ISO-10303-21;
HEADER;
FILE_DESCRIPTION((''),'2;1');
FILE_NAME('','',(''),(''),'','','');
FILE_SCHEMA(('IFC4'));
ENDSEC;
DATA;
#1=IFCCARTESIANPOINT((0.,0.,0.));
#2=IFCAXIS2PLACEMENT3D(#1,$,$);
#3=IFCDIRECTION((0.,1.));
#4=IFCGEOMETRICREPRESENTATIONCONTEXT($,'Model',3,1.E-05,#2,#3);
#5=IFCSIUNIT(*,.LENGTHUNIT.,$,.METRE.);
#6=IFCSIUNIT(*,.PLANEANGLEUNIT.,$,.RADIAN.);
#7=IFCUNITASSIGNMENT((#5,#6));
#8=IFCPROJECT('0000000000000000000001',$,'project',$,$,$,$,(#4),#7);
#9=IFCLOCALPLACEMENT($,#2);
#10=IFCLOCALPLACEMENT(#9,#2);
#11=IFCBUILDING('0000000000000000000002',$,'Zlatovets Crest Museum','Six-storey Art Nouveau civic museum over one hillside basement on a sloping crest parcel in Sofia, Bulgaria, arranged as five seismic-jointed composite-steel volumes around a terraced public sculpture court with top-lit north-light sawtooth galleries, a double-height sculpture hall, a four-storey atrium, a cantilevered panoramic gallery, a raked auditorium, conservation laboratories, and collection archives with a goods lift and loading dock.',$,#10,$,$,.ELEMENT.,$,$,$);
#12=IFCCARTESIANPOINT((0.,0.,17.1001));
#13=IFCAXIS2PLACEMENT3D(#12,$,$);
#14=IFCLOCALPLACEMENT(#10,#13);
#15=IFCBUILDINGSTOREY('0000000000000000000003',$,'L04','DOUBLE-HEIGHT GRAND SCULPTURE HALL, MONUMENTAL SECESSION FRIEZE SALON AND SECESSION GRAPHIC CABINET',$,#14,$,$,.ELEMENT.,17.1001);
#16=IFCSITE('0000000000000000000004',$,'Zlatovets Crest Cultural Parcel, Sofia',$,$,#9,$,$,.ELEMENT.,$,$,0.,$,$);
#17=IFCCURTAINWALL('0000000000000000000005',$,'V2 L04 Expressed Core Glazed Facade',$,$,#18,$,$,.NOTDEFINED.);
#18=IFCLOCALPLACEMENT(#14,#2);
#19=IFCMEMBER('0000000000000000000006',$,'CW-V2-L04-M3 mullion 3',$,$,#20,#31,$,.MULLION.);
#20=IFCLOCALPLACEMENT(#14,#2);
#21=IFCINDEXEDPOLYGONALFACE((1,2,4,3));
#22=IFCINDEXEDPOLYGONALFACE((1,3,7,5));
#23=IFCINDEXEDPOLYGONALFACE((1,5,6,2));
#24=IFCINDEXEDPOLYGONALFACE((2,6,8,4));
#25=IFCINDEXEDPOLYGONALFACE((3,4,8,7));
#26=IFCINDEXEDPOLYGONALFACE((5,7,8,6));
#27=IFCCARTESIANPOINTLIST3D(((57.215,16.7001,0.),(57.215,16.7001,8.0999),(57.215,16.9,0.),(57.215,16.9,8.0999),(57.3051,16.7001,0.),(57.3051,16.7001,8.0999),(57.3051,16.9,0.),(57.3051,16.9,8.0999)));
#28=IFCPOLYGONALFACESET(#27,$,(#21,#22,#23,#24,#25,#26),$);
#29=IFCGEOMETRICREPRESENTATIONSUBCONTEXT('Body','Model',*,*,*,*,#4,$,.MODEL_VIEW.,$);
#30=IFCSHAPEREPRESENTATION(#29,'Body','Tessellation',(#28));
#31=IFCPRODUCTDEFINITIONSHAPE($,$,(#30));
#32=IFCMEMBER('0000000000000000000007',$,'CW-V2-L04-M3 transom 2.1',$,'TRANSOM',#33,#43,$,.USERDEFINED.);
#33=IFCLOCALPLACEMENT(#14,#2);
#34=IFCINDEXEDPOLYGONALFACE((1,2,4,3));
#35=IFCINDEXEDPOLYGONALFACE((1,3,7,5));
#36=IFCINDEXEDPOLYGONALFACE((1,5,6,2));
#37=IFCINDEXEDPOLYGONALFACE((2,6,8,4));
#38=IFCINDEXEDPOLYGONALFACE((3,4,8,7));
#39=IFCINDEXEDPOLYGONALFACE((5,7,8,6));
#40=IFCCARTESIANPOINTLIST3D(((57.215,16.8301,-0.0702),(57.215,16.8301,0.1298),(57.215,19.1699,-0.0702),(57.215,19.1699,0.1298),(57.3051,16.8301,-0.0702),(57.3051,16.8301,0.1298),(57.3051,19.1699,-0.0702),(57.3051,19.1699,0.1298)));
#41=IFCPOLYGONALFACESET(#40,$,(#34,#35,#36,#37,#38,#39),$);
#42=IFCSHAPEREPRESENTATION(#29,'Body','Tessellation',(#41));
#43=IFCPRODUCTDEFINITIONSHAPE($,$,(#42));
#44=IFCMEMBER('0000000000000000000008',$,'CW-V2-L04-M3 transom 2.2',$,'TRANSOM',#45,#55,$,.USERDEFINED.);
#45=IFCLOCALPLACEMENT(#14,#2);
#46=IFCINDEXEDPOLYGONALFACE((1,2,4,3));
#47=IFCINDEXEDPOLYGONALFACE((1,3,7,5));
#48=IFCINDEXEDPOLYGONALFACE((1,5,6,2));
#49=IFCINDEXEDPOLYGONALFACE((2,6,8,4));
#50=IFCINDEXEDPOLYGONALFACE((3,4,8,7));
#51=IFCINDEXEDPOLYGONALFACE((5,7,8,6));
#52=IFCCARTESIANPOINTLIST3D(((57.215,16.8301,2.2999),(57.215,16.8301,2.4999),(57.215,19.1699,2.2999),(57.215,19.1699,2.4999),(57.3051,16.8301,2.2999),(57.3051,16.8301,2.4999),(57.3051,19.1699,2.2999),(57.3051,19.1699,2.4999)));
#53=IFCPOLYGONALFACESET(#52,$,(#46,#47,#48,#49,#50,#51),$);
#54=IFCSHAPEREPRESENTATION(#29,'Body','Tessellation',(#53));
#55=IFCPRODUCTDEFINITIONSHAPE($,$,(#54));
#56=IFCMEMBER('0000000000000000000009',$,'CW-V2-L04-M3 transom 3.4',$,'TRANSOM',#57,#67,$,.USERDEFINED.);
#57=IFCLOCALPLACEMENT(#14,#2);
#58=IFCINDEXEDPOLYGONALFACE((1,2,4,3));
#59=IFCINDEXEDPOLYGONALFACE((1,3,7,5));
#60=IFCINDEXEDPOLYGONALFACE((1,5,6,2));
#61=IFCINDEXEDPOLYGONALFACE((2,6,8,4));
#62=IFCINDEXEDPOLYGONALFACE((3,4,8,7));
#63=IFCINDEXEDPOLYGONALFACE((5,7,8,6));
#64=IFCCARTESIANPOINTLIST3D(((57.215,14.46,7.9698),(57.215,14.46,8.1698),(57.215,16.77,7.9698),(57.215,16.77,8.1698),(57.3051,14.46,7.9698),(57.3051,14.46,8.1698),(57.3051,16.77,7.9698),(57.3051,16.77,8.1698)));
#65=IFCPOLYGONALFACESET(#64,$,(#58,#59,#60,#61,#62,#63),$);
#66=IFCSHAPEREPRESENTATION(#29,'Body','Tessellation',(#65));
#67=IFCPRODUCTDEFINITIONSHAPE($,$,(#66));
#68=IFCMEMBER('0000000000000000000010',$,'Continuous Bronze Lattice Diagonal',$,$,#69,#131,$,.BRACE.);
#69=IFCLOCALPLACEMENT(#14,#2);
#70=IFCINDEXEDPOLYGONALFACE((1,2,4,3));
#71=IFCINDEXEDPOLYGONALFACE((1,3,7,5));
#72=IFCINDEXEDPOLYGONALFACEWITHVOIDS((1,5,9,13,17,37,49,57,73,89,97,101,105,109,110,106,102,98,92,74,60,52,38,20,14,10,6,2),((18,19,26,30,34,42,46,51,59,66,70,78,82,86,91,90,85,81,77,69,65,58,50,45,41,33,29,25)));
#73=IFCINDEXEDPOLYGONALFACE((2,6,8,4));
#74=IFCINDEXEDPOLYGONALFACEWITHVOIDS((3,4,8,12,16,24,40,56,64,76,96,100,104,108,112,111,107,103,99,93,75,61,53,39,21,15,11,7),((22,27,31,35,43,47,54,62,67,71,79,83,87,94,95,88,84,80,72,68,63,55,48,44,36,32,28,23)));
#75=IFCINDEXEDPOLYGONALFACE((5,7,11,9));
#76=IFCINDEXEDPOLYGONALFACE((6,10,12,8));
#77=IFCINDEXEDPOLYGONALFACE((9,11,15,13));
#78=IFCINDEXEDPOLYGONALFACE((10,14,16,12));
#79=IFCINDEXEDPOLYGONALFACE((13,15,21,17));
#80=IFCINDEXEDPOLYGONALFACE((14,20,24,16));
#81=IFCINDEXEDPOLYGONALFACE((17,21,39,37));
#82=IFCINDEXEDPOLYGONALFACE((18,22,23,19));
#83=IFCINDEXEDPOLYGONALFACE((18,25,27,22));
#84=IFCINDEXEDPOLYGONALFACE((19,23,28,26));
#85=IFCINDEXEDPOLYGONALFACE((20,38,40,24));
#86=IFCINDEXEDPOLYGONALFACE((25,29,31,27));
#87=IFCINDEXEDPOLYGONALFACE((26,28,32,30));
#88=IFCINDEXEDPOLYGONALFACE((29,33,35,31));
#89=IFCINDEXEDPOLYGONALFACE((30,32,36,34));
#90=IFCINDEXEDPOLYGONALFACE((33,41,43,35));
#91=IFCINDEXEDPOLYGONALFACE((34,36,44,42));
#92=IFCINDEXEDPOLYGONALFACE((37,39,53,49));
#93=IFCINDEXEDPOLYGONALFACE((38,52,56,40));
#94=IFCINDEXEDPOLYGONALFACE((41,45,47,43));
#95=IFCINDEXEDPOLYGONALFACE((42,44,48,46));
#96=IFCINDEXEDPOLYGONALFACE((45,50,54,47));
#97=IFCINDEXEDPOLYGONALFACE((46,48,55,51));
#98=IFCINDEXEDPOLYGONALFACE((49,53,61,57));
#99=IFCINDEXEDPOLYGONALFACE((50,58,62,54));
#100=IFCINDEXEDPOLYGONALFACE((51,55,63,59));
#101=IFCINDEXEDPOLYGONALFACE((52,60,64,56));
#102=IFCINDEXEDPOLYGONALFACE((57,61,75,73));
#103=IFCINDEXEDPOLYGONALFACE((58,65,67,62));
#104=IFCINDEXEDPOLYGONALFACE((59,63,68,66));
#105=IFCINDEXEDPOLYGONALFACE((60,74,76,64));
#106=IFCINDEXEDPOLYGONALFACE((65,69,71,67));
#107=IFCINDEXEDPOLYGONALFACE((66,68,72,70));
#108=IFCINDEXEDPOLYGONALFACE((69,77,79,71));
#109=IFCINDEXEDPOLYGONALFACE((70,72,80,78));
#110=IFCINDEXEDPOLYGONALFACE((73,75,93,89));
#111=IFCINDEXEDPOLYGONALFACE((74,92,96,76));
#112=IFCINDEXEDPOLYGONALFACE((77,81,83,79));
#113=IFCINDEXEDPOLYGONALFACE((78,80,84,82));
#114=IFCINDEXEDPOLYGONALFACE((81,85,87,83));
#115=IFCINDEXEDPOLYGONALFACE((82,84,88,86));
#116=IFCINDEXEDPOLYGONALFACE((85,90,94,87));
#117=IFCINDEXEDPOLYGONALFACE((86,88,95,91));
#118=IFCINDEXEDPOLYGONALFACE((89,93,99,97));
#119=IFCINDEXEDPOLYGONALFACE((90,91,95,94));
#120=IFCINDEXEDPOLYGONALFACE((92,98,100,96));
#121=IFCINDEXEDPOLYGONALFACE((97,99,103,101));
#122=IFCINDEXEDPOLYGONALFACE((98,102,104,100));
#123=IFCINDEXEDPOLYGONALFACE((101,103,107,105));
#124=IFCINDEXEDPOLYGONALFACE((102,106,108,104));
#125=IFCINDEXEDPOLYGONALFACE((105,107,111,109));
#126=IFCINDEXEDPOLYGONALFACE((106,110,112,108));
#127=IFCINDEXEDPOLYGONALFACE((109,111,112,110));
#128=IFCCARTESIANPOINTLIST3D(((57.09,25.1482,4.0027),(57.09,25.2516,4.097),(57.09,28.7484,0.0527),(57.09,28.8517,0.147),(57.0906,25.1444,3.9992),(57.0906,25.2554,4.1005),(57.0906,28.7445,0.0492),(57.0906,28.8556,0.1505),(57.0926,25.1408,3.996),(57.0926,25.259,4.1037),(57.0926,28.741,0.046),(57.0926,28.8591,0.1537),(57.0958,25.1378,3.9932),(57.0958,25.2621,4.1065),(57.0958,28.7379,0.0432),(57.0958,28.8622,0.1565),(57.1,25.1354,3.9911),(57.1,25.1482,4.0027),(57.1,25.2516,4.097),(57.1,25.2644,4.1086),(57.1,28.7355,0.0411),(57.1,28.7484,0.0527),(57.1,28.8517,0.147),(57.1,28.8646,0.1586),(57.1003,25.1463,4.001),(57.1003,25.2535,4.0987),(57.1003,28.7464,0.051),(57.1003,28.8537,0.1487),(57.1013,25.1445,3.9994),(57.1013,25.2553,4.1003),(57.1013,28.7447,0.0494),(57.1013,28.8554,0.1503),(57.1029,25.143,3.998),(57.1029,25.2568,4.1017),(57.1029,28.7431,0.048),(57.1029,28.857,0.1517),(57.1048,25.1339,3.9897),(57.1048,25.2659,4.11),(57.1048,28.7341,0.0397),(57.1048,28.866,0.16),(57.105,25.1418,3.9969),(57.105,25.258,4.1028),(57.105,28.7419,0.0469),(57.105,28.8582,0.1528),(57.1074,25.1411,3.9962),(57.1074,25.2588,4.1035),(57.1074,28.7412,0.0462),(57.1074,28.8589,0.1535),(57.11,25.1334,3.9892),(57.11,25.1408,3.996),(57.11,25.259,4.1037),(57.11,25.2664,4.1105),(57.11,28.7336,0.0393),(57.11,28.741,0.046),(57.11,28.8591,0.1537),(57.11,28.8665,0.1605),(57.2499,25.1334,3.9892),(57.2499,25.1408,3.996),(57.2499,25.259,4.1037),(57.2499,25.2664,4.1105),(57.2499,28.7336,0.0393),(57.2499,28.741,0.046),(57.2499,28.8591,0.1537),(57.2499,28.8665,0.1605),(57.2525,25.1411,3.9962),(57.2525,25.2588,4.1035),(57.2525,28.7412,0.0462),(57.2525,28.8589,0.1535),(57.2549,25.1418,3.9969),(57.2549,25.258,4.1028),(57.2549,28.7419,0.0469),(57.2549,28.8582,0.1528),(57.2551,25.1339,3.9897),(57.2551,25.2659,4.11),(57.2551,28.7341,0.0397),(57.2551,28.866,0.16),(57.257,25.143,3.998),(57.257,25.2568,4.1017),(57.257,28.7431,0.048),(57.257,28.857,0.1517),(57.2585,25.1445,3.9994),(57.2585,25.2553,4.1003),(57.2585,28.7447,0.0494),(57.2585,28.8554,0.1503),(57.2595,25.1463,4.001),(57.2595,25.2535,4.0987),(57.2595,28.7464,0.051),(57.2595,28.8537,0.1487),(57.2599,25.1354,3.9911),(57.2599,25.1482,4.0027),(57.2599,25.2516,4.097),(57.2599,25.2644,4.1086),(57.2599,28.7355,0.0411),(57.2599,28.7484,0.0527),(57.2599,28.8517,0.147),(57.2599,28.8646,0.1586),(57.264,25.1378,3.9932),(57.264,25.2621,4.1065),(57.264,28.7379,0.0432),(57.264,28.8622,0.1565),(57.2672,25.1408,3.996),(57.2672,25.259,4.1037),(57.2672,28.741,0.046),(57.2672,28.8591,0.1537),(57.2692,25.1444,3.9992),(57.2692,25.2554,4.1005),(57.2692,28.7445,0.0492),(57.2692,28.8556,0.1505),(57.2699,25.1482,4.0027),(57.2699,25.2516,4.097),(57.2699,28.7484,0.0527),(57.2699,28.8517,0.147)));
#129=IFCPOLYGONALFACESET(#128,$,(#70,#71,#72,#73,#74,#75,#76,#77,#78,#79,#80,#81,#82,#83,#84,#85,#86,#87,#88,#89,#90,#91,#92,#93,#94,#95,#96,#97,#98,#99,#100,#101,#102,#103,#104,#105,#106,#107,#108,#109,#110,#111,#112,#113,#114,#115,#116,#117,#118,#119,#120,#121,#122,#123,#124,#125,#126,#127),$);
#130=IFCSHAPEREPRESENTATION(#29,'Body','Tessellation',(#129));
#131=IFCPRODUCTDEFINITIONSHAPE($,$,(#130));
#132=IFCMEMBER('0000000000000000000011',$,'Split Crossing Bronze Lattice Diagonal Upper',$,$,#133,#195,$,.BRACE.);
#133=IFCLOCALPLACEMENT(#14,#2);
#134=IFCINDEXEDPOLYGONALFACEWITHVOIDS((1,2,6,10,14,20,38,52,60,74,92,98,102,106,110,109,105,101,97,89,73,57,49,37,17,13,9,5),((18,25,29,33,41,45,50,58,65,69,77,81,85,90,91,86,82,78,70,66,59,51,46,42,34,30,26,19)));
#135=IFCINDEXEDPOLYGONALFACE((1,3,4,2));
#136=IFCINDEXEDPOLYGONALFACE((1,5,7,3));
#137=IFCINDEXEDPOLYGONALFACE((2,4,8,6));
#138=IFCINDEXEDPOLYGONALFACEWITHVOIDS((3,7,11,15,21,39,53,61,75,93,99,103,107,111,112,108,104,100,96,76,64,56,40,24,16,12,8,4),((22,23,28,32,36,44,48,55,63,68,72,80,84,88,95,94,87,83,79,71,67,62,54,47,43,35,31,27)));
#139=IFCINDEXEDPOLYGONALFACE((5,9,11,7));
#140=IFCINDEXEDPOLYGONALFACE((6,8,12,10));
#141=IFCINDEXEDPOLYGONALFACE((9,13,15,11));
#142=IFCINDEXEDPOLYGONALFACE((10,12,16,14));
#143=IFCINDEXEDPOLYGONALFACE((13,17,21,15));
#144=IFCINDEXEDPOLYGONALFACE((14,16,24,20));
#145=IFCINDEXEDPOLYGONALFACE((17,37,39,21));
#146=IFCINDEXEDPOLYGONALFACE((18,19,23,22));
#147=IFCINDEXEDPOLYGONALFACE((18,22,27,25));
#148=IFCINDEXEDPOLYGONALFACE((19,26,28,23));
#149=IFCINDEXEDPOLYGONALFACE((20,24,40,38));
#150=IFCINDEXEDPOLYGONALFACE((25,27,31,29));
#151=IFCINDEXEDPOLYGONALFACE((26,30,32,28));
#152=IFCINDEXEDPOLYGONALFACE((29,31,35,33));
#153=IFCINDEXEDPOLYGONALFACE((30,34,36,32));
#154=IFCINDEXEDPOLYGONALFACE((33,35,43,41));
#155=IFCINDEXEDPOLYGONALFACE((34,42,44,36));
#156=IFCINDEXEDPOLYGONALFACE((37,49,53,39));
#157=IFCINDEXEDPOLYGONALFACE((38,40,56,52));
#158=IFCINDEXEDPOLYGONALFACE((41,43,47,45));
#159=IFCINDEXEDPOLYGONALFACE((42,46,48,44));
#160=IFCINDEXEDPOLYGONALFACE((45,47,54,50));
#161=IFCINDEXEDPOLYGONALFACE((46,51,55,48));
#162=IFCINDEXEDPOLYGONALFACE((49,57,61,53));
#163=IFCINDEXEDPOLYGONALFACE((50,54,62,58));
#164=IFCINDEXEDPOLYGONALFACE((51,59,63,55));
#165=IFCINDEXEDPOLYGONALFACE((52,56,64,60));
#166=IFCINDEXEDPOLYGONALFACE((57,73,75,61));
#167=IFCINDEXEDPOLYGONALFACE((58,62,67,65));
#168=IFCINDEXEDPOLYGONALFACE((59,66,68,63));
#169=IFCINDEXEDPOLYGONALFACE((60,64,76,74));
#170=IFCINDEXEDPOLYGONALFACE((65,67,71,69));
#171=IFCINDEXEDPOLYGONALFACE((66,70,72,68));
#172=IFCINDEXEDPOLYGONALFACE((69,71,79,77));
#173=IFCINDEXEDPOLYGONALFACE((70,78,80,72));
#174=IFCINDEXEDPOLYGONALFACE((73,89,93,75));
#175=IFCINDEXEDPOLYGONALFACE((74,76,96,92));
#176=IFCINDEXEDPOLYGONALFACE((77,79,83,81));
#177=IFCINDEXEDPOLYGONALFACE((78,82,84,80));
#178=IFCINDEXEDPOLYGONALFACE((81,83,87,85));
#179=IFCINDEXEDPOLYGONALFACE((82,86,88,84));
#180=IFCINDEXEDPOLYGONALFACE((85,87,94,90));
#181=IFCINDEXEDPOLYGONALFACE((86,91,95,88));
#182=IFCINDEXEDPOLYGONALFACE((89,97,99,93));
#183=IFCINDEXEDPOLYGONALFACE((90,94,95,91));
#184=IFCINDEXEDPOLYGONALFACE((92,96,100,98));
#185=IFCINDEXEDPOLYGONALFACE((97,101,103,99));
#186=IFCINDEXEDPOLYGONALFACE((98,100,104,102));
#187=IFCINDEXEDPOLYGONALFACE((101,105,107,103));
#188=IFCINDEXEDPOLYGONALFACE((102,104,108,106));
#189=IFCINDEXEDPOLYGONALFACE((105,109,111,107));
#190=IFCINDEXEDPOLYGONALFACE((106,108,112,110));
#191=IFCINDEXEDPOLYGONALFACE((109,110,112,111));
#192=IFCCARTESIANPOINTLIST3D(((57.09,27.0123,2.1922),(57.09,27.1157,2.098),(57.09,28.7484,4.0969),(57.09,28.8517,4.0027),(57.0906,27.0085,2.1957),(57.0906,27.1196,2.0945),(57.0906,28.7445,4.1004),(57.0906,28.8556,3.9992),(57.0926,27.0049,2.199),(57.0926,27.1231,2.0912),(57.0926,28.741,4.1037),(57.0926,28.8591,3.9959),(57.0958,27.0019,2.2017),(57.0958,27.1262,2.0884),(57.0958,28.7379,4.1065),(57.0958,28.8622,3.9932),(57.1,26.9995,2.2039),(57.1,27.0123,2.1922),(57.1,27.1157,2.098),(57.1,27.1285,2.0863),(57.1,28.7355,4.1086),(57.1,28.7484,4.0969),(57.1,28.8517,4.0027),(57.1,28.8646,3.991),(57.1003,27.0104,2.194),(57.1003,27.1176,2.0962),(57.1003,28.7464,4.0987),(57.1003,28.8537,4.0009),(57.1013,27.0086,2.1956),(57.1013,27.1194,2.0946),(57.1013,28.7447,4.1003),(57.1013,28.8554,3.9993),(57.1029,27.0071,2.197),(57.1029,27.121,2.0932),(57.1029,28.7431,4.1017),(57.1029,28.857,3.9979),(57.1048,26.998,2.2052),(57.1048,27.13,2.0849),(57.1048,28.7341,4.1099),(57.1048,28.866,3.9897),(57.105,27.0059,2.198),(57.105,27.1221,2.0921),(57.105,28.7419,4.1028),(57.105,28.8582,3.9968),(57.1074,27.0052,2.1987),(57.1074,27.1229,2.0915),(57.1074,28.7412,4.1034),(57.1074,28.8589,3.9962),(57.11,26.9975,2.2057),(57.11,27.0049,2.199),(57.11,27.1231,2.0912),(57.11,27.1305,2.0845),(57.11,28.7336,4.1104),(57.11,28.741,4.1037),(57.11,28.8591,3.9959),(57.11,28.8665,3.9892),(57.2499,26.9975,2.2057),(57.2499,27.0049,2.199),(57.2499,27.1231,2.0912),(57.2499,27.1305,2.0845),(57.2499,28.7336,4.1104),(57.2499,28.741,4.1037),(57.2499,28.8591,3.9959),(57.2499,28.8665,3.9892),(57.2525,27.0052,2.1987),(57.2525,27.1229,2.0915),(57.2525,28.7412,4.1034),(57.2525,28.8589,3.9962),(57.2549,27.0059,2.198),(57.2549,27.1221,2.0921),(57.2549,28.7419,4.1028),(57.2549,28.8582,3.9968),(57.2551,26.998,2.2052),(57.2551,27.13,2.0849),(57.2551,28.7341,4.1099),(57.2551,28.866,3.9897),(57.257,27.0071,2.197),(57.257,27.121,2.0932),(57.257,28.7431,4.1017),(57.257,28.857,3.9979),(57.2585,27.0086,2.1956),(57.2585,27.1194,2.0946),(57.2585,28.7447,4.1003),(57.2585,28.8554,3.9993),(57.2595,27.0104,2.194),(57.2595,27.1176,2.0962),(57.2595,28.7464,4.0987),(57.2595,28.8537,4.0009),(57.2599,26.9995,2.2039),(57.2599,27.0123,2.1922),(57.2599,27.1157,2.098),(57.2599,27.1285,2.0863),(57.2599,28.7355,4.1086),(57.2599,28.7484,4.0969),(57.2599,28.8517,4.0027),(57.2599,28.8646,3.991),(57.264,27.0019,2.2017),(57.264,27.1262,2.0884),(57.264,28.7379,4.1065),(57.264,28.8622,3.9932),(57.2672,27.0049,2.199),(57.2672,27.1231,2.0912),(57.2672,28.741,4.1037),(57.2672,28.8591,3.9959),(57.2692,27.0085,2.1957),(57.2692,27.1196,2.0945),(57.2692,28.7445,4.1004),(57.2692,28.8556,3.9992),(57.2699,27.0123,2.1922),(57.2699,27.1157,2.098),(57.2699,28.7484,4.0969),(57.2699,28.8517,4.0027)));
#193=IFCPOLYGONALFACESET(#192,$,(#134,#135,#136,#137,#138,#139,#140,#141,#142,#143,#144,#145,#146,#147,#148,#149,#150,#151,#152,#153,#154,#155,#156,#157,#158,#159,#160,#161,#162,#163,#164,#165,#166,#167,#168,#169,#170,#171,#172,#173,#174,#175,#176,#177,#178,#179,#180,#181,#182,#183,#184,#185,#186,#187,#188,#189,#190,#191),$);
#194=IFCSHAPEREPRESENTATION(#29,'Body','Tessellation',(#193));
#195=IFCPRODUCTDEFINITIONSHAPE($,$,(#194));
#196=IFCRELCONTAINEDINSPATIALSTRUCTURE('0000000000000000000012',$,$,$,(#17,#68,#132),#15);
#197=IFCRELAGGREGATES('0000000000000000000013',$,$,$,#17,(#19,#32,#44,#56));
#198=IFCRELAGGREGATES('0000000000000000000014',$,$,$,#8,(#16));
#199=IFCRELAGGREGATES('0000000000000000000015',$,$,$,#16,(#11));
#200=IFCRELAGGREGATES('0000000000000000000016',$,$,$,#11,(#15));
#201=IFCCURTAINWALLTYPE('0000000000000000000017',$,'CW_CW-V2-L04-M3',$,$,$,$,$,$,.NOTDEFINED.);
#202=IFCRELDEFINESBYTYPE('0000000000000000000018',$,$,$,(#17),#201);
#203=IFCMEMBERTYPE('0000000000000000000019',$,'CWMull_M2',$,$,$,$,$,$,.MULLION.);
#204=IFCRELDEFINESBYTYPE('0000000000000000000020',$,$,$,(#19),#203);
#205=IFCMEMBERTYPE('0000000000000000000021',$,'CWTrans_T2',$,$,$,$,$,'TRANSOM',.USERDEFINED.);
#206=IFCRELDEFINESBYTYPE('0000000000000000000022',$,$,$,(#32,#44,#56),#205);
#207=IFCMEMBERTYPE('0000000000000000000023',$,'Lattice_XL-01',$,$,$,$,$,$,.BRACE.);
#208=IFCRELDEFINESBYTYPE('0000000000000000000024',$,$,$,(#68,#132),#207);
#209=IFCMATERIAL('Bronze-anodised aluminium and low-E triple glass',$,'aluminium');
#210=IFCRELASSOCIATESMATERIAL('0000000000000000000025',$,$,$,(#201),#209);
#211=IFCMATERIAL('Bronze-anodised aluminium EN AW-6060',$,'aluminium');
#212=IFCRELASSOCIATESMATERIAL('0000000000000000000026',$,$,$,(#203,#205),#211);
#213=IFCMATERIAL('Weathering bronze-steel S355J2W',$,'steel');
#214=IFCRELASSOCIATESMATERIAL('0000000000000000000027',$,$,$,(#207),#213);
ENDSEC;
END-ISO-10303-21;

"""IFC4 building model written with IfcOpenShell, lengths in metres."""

from ifc_helpers import new_model, si_unit, direction, frame, origin, origin_2d, place, context, subcontext, project, spatial, rectangle, hollow_rectangle, extrude, material, material_profile, profile_set, type_object, element, aggregate, save


model = new_model("IFC4")

# Units and contexts
model_context = context("Model", 3, precision=1e-05, world=origin(), true_north=direction((0.0, 1.0)))
body_context = subcontext(model_context, "Body", "Model", "MODEL_VIEW")
ifc_project = project(units=[si_unit("LENGTHUNIT", "METRE"), si_unit("PLANEANGLEUNIT", "RADIAN")], contexts=[model_context])

# Site, building, storey
site_placement = place(None, origin())
site = spatial("IfcSite", under=ifc_project, at=site_placement, Name="Zlatovets Crest Cultural Parcel, Sofia", CompositionType="ELEMENT", RefElevation=0.0)
building_placement = place(site_placement, origin())
building = spatial("IfcBuilding", under=site, at=building_placement, Name="Zlatovets Crest Museum", Description="Six-storey Art Nouveau civic museum over one hillside basement on a sloping crest parcel in Sofia, Bulgaria, arranged as five seismic-jointed composite-steel volumes around a terraced public sculpture court with top-lit north-light sawtooth galleries, a double-height sculpture hall, a four-storey atrium, a cantilevered panoramic gallery, a raked auditorium, conservation laboratories, and collection archives with a goods lift and loading dock.", CompositionType="ELEMENT")
storey_placement = place(building_placement, frame((0.0, 0.0, 17.1001)))
storey = spatial("IfcBuildingStorey", under=building, at=storey_placement, Name="L04", Description="DOUBLE-HEIGHT GRAND SCULPTURE HALL, MONUMENTAL SECESSION FRIEZE SALON AND SECESSION GRAPHIC CABINET", CompositionType="ELEMENT", Elevation=17.1001)

# Curtain wall, members
ifc_material_1 = material(Name="Bronze-anodised aluminium and low-E triple glass", Category="aluminium")
curtain_wall_type = type_object("IfcCurtainWallType", Name="CW_CW-V2-L04-M3", PredefinedType="NOTDEFINED", material=ifc_material_1)
curtain_wall_placement = place(storey_placement, origin())
curtain_wall = element("IfcCurtainWall", 1, at=curtain_wall_placement, inside=storey, type_object=curtain_wall_type, Name="V2 L04 Expressed Core Glazed Facade", PredefinedType="NOTDEFINED")
ifc_material_2 = material(Name="Bronze-anodised aluminium EN AW-6060", Category="aluminium")
ifc_material_profile_1 = material_profile(ifc_material_2, rectangle(XDim=0.0901, YDim=0.2, at=origin_2d()), Name="ALU 90x200")
ifc_profile_set_1 = profile_set([ifc_material_profile_1], Name="Bronze-anodised aluminium EN AW-6060")
member_type_1 = type_object("IfcMemberType", Name="CWMull_M2", PredefinedType="MULLION", material=ifc_profile_set_1)
member_1_placement = place(storey_placement, frame((57.26, 16.8, 0.0), z_axis=(0.0, 0.0, 1.0), x_axis=(1.0, 0.0, 0.0)))
member_1 = element("IfcMember", 2, at=member_1_placement, type_object=member_type_1, Name="CW-V2-L04-M3 mullion 3", PredefinedType="MULLION", context=body_context, shape_type="SweptSolid", body=[
    extrude(rectangle(XDim=0.0901, YDim=0.2, at=origin_2d()), origin(), (0.0, 0.0, 1.0), 8.0999),
])
ifc_material_profile_2 = material_profile(ifc_material_2, rectangle(XDim=0.0901, YDim=0.2, at=origin_2d()), Name="ALU 90x200")
ifc_profile_set_2 = profile_set([ifc_material_profile_2], Name="Bronze-anodised aluminium EN AW-6060")
member_type_2 = type_object("IfcMemberType", Name="CWTrans_T2", ElementType="TRANSOM", PredefinedType="USERDEFINED", material=ifc_profile_set_2)
member_2_placement = place(storey_placement, frame((57.26, 19.1699, 0.0298), z_axis=(0.0, -1.0, 0.0), x_axis=(1.0, 0.0, 0.0)))
member_2 = element("IfcMember", 3, at=member_2_placement, type_object=member_type_2, Name="CW-V2-L04-M3 transom 2.1", ObjectType="TRANSOM", PredefinedType="USERDEFINED", context=body_context, shape_type="SweptSolid", body=[
    extrude(rectangle(XDim=0.0901, YDim=0.2, at=origin_2d()), origin(), (0.0, 0.0, 1.0), 2.3398),
])
member_3_placement = place(storey_placement, frame((57.26, 19.1699, 2.3999), z_axis=(0.0, -1.0, 0.0), x_axis=(1.0, 0.0, 0.0)))
member_3 = element("IfcMember", 4, at=member_3_placement, type_object=member_type_2, Name="CW-V2-L04-M3 transom 2.2", ObjectType="TRANSOM", PredefinedType="USERDEFINED", context=body_context, shape_type="SweptSolid", body=[
    extrude(rectangle(XDim=0.0901, YDim=0.2, at=origin_2d()), origin(), (0.0, 0.0, 1.0), 2.3398),
])
member_4_placement = place(storey_placement, frame((57.26, 16.77, 8.0698), z_axis=(0.0, -1.0, 0.0), x_axis=(1.0, 0.0, 0.0)))
member_4 = element("IfcMember", 5, at=member_4_placement, type_object=member_type_2, Name="CW-V2-L04-M3 transom 3.4", ObjectType="TRANSOM", PredefinedType="USERDEFINED", context=body_context, shape_type="SweptSolid", body=[
    extrude(rectangle(XDim=0.0901, YDim=0.2, at=origin_2d()), origin(), (0.0, 0.0, 1.0), 2.3101),
])

# Members
ifc_material_3 = material(Name="Weathering bronze-steel S355J2W", Category="steel")
ifc_material_profile_3 = material_profile(ifc_material_3, hollow_rectangle(XDim=0.1799, YDim=0.1799, WallThickness=0.01, InnerFilletRadius=0.01, OuterFilletRadius=0.02, at=origin_2d()), Name="SHS 180x180x10.0")
ifc_profile_set_3 = profile_set([ifc_material_profile_3], Name="Weathering bronze-steel S355J2W")
member_type_3 = type_object("IfcMemberType", Name="Lattice_XL-01", PredefinedType="BRACE", material=ifc_profile_set_3)
member_5_placement = place(storey_placement, frame((57.1799, 28.8, 0.0999), z_axis=(0.0, -0.673618, 0.73908), x_axis=(1.0, 0.0, 0.0)))
element("IfcMember", 6, at=member_5_placement, inside=storey, type_object=member_type_3, Name="Continuous Bronze Lattice Diagonal", PredefinedType="BRACE", context=body_context, shape_type="SweptSolid", body=[
    extrude(hollow_rectangle(XDim=0.1799, YDim=0.1799, WallThickness=0.01, InnerFilletRadius=0.01, OuterFilletRadius=0.02, at=origin_2d()), origin(), (0.0, 0.0, 1.0), 5.3445),
])
for number, where, z_axis, x_axis, name in (
    (7, (57.1799, 28.8, 4.0498), (0.0, -0.67362, -0.739078), (1.0, 0.0, 0.0), "Split Crossing Bronze Lattice Diagonal Upper"),
):
    element("IfcMember", number, at=place(storey_placement, frame(where, z_axis=z_axis, x_axis=x_axis)), inside=storey, type_object=member_type_3, Name=name, PredefinedType="BRACE", context=body_context, shape_type="SweptSolid", body=[
        extrude(hollow_rectangle(XDim=0.1799, YDim=0.1799, WallThickness=0.01, InnerFilletRadius=0.01, OuterFilletRadius=0.02, at=origin_2d()), origin(), (0.0, 0.0, 1.0), 2.5771),
    ])

aggregate(curtain_wall, [member_1, member_2, member_3, member_4])

save(model, "model.ifc")
